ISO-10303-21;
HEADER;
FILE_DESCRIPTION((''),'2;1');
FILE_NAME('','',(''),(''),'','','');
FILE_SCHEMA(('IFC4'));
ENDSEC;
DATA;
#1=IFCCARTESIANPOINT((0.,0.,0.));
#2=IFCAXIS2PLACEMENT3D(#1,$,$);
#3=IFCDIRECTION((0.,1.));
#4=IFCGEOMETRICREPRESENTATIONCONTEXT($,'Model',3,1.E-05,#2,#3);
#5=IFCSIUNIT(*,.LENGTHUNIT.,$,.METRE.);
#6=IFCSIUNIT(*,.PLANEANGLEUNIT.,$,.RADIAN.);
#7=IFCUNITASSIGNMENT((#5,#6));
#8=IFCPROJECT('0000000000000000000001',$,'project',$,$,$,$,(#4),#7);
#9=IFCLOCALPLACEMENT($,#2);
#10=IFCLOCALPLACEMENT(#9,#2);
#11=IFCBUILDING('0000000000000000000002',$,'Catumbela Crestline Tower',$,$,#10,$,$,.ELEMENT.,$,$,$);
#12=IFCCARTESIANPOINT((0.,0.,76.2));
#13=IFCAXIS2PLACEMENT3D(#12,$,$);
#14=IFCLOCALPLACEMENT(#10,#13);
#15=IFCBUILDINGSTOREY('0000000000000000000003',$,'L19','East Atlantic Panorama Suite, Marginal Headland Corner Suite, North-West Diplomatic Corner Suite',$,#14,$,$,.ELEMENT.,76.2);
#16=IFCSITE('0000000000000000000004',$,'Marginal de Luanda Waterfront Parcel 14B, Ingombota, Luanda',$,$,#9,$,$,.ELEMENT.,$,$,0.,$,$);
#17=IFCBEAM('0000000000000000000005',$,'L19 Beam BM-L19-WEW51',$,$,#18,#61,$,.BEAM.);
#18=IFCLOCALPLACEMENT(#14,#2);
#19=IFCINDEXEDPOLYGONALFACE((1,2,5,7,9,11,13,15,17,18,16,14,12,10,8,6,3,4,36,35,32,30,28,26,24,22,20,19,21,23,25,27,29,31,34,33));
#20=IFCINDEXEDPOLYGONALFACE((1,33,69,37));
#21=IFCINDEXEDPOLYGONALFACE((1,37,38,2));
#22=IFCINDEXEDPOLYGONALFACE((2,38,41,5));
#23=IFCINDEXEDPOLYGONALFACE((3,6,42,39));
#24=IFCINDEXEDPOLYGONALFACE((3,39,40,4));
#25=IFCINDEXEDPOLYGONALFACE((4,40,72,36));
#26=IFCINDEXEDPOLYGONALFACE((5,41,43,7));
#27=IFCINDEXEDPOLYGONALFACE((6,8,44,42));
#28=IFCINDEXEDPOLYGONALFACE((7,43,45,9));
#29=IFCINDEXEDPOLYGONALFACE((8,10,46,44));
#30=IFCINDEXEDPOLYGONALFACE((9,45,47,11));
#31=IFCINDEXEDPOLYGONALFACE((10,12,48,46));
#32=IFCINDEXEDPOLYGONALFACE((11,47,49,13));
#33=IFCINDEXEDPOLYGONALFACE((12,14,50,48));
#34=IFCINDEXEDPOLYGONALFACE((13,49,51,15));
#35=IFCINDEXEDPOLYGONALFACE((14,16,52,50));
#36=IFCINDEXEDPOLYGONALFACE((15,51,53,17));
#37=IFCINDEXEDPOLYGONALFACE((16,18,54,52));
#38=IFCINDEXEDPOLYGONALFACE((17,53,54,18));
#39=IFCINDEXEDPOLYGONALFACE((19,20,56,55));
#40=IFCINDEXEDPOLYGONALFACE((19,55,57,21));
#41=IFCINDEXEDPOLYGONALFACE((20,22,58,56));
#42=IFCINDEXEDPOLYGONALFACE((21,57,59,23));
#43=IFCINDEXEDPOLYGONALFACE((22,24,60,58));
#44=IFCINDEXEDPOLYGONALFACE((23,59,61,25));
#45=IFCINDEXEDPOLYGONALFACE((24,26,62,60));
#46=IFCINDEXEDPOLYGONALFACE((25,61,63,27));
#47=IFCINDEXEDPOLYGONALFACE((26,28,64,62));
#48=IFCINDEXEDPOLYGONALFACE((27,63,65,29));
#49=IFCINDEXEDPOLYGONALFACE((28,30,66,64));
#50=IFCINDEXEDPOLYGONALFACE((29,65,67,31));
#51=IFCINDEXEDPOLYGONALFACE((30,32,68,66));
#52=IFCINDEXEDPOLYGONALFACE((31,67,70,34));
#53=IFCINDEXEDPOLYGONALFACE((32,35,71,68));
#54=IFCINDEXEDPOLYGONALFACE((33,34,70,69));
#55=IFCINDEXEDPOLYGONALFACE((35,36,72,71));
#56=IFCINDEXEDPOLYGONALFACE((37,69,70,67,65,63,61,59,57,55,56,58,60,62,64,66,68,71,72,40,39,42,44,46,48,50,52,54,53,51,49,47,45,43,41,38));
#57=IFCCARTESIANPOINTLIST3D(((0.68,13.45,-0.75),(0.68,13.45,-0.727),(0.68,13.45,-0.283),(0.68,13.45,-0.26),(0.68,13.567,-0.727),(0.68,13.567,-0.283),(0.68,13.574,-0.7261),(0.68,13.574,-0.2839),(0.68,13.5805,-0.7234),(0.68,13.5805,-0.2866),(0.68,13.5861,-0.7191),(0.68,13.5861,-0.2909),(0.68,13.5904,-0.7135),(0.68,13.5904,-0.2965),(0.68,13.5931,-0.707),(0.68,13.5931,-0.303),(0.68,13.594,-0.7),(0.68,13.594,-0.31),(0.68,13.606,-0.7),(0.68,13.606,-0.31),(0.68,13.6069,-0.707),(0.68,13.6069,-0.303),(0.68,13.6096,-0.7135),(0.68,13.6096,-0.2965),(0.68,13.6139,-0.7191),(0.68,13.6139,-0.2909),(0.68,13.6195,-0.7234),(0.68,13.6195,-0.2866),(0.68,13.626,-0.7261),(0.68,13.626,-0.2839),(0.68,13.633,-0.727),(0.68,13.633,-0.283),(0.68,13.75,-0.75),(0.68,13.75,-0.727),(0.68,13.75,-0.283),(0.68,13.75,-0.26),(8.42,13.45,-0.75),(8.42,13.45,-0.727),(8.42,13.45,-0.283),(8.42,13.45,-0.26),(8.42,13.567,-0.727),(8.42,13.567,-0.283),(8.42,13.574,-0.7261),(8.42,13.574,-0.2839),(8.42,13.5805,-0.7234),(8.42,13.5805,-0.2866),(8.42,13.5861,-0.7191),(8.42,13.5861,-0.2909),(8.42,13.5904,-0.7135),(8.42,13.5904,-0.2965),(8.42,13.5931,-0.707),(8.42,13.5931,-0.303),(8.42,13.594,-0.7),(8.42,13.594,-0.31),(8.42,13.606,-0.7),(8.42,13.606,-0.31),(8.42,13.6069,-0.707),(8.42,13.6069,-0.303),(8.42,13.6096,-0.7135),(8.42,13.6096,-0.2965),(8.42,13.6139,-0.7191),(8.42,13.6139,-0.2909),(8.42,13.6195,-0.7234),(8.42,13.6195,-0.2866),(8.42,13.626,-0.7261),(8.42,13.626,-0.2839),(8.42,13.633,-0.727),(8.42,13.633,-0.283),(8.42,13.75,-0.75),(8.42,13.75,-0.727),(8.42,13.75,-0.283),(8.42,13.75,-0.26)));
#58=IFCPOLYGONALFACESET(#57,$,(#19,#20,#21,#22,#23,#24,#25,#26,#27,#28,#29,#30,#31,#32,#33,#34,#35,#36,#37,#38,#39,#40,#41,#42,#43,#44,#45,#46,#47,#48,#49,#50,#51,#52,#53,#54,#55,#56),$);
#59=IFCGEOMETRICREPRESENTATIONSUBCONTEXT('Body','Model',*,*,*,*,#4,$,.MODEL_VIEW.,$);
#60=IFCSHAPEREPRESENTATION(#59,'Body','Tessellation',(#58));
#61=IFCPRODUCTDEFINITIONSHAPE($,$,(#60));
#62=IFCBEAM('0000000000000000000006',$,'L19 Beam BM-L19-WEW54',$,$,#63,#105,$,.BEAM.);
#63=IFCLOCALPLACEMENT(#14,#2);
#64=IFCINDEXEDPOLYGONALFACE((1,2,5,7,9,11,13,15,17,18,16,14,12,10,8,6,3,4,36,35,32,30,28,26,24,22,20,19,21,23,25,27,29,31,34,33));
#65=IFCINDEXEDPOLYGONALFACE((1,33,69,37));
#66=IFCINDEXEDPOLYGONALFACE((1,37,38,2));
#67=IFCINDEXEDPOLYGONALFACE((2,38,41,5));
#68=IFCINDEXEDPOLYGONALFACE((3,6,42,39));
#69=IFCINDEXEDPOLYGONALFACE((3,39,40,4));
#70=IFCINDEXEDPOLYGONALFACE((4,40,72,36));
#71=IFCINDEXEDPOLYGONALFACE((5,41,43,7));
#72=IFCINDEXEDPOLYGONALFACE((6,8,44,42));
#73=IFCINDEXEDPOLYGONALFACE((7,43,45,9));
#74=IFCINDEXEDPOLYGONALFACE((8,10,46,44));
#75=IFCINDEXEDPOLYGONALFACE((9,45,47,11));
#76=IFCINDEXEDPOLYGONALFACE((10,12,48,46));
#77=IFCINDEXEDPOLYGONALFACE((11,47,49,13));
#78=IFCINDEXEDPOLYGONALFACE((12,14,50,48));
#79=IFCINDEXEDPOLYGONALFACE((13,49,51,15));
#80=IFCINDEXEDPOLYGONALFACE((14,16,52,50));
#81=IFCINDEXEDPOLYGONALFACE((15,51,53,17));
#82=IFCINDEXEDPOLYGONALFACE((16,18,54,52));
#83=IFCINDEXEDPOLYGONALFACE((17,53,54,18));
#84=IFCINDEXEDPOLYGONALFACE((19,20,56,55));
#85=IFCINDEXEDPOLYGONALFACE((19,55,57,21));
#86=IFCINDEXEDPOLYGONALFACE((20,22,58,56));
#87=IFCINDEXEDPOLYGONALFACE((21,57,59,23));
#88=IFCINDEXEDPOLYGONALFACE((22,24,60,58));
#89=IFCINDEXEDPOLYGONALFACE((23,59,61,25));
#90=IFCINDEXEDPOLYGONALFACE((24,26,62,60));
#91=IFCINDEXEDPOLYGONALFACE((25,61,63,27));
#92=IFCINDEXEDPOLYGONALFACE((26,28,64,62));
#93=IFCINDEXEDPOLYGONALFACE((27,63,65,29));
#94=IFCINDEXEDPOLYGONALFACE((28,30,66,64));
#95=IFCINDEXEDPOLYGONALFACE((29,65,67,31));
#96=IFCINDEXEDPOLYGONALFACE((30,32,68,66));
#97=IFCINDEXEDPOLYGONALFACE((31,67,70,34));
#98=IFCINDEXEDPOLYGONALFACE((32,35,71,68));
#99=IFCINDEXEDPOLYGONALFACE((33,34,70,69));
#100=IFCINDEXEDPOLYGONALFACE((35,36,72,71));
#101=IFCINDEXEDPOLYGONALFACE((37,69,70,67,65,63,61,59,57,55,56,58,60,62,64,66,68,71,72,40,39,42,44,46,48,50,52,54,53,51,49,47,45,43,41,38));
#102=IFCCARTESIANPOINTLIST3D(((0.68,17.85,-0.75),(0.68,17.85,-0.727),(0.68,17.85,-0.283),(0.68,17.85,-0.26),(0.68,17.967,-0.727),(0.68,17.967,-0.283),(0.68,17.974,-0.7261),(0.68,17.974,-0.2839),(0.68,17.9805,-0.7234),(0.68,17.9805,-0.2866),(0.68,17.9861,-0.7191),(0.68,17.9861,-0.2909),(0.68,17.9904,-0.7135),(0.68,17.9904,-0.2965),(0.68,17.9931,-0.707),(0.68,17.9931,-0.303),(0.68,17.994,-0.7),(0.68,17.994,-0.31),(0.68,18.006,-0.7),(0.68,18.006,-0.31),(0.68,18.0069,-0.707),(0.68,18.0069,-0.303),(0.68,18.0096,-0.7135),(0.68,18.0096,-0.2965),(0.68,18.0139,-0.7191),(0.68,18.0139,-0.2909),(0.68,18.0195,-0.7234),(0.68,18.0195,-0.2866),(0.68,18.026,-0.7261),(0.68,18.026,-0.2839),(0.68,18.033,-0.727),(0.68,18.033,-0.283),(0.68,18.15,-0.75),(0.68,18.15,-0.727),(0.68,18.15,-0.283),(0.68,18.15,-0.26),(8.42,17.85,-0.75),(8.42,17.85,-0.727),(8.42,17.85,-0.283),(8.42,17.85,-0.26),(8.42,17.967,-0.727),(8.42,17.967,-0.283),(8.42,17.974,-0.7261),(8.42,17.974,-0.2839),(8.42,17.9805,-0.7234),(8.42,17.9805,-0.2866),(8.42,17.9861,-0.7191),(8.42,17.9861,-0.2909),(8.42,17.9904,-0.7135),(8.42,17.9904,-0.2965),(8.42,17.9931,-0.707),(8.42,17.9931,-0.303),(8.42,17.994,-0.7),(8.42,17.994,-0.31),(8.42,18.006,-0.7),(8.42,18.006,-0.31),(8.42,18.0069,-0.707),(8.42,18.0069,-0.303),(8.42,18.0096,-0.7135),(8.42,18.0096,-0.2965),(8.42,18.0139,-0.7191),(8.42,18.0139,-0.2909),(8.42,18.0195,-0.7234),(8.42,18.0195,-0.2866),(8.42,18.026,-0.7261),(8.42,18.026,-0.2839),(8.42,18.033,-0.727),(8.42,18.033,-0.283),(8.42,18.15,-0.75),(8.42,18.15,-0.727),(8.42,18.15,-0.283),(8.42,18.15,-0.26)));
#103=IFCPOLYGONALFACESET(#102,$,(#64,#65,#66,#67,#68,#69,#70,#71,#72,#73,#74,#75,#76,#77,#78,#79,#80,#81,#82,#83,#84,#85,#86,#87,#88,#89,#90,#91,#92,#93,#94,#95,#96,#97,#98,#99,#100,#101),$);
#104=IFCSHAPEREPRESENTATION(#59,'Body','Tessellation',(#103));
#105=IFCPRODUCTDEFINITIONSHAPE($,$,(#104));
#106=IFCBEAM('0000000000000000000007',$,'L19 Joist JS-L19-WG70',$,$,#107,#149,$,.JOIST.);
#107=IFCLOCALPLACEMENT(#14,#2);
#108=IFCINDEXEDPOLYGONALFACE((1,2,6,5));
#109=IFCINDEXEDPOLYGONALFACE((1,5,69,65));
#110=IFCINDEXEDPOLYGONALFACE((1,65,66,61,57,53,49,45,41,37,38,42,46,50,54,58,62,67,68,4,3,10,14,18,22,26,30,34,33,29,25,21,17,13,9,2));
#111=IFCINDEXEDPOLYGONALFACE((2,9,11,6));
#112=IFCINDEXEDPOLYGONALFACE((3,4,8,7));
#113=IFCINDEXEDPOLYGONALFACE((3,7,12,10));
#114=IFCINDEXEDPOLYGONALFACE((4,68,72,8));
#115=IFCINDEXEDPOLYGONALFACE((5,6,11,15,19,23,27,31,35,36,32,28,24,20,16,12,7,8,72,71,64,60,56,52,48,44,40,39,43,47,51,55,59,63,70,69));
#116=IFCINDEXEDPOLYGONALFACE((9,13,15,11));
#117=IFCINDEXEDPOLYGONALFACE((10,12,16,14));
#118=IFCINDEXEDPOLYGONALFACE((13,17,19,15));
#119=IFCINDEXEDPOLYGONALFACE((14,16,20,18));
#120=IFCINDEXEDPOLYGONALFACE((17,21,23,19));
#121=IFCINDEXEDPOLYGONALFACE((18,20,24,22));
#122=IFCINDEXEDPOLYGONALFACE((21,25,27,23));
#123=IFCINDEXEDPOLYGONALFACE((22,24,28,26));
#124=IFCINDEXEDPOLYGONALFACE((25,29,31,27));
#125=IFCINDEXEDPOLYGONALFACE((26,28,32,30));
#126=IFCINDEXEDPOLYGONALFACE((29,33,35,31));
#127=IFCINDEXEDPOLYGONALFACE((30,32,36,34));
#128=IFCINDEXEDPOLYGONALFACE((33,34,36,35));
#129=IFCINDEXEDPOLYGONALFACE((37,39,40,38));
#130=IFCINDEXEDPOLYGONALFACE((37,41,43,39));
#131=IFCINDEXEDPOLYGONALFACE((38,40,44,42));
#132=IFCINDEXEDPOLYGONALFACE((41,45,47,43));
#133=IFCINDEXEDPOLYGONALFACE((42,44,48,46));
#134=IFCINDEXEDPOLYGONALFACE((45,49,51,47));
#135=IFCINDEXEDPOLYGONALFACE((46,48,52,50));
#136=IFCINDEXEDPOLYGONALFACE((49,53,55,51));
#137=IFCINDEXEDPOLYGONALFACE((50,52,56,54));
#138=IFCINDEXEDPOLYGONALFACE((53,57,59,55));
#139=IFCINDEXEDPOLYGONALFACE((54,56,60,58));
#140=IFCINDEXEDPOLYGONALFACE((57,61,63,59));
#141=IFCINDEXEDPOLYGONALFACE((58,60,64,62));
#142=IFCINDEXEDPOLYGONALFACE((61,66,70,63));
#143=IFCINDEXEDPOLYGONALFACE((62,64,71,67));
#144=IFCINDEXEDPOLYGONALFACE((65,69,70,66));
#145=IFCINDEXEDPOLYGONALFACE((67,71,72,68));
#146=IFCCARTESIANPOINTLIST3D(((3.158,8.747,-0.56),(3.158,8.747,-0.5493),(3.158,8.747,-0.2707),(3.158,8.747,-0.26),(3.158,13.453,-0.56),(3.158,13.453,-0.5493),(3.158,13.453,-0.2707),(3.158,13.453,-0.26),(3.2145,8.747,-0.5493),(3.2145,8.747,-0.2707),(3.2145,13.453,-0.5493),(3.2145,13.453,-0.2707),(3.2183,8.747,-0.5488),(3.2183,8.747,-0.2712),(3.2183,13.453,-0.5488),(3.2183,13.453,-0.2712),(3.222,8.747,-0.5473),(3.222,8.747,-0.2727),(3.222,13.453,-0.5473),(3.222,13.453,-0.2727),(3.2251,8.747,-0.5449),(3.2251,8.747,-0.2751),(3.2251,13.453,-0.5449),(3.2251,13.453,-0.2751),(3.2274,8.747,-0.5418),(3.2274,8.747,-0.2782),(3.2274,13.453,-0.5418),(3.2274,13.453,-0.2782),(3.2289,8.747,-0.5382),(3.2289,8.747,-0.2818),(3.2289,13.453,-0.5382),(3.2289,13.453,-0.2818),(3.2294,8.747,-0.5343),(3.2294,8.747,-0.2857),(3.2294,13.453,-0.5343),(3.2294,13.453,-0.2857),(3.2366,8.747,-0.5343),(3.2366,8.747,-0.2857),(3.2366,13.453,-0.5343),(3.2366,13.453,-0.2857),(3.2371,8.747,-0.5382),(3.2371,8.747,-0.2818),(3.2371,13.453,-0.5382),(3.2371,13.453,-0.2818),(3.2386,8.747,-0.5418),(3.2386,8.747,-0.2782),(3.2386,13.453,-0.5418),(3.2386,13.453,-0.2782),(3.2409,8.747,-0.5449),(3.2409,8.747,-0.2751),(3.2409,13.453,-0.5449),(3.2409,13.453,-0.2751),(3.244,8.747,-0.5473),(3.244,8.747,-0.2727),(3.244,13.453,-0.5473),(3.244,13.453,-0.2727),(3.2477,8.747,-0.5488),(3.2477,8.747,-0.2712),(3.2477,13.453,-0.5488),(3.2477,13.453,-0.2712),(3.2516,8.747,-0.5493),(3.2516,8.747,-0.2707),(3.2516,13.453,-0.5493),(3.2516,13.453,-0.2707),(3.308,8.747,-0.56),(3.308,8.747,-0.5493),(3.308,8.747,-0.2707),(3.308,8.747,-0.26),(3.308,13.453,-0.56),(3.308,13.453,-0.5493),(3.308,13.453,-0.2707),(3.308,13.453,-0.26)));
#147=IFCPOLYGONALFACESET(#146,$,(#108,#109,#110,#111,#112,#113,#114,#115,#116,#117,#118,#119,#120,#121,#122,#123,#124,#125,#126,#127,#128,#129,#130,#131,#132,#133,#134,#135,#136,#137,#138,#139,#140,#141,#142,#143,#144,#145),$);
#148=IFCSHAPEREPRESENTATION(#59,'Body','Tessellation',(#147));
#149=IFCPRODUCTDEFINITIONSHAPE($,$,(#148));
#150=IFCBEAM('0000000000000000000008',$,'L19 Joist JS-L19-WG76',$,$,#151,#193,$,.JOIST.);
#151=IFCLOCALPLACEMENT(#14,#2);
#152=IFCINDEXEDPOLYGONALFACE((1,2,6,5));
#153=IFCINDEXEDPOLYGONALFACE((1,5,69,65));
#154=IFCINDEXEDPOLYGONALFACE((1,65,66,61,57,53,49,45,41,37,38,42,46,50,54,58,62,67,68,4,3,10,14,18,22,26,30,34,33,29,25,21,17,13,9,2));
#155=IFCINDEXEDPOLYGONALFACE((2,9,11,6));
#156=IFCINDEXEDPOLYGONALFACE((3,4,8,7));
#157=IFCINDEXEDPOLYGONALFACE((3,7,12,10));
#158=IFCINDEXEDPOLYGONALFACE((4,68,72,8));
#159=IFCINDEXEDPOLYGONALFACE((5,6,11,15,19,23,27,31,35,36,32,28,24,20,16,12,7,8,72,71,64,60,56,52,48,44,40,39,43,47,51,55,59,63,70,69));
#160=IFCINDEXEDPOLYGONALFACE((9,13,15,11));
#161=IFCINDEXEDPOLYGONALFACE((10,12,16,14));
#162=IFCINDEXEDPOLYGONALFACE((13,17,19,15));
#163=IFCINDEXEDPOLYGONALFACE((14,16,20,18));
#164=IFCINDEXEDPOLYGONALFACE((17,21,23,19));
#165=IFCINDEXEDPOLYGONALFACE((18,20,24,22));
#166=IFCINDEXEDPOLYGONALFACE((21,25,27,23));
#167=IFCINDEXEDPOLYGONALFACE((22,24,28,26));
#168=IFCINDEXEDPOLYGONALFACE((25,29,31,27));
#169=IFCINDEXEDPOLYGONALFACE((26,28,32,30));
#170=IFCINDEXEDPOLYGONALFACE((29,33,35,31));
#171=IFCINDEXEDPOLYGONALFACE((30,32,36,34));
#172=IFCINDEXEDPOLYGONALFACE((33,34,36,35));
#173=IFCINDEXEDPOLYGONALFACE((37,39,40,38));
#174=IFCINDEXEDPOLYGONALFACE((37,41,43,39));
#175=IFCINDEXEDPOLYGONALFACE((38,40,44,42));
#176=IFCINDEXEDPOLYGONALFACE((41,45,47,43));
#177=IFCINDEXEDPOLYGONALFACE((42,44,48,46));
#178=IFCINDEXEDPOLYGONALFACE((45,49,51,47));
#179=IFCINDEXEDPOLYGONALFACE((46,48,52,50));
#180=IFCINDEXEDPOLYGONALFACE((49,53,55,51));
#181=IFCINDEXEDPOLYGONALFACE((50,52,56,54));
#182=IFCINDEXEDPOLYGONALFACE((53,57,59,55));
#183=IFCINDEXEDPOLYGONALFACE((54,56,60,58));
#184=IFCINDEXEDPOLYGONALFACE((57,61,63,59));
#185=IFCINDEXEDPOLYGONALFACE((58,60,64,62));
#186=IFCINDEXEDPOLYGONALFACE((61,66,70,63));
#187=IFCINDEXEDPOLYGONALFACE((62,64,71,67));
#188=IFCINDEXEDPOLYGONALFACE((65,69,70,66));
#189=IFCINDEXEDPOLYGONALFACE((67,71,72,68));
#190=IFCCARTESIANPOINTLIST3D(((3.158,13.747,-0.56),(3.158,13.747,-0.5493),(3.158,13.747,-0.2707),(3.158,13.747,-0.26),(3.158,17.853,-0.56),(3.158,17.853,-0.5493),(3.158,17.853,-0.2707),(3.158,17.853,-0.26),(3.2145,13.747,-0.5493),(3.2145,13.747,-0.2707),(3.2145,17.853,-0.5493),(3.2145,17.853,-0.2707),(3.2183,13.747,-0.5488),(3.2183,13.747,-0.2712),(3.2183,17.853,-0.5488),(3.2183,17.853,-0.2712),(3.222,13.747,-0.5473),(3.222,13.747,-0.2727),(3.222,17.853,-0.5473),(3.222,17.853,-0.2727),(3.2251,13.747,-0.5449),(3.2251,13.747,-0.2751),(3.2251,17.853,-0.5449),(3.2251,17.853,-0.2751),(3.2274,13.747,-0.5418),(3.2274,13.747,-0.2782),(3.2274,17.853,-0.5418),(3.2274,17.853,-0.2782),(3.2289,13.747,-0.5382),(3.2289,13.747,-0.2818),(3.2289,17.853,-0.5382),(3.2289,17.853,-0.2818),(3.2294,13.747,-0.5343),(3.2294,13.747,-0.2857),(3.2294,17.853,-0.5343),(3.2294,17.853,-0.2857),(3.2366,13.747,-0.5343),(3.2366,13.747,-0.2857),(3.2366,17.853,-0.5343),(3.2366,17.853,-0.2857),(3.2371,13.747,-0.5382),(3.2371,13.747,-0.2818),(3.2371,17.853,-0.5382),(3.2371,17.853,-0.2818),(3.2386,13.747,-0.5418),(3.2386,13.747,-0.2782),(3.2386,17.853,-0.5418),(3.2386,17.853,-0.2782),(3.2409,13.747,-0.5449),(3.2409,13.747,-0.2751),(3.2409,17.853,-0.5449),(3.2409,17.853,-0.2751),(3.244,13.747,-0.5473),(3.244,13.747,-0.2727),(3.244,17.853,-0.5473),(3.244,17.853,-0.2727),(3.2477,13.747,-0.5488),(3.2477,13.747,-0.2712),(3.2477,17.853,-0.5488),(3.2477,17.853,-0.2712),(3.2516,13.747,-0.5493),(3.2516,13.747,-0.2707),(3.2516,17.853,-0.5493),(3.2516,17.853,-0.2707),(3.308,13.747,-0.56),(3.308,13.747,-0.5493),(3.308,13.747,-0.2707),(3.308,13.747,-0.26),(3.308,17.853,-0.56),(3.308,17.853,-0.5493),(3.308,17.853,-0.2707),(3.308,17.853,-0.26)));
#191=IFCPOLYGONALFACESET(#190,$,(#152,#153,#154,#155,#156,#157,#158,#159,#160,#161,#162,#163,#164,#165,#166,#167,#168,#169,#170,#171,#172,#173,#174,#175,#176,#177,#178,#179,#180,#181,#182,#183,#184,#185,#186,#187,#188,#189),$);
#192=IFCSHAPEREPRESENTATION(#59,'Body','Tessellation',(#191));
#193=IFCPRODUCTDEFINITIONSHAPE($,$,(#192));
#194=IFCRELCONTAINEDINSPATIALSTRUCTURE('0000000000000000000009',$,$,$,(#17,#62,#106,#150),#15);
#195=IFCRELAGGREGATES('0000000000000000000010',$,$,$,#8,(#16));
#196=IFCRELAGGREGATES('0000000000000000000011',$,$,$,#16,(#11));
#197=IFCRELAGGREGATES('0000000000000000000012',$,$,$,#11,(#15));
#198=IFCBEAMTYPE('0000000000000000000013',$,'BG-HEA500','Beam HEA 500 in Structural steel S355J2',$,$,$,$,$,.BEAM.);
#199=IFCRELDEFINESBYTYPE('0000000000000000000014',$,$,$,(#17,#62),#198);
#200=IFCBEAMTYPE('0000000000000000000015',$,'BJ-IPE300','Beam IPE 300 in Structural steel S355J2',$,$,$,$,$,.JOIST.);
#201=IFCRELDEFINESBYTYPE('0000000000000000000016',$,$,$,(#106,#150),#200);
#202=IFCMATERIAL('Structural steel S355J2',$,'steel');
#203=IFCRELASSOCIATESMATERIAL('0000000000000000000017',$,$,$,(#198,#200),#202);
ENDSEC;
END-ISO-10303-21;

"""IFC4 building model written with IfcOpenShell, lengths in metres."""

from ifc_helpers import new_model, si_unit, direction, frame, origin, origin_2d, place, context, subcontext, project, spatial, i_section, extrude, material, material_profile, profile_set, type_object, element, save


model = new_model("IFC4")

# Units and contexts
model_context = context("Model", 3, precision=1e-05, world=origin(), true_north=direction((0.0, 1.0)))
body_context = subcontext(model_context, "Body", "Model", "MODEL_VIEW")
ifc_project = project(units=[si_unit("LENGTHUNIT", "METRE"), si_unit("PLANEANGLEUNIT", "RADIAN")], contexts=[model_context])

# Site, building, storey
site_placement = place(None, origin())
site = spatial("IfcSite", under=ifc_project, at=site_placement, Name="Marginal de Luanda Waterfront Parcel 14B, Ingombota, Luanda", CompositionType="ELEMENT", RefElevation=0.0)
building_placement = place(site_placement, origin())
building = spatial("IfcBuilding", under=site, at=building_placement, Name="Catumbela Crestline Tower", CompositionType="ELEMENT")
storey_placement = place(building_placement, frame((0.0, 0.0, 76.2)))
storey = spatial("IfcBuildingStorey", under=building, at=storey_placement, Name="L19", Description="East Atlantic Panorama Suite, Marginal Headland Corner Suite, North-West Diplomatic Corner Suite", CompositionType="ELEMENT", Elevation=76.2)

# Beams
ifc_material_1 = material(Name="Structural steel S355J2", Category="steel")
ifc_material_profile_1 = material_profile(ifc_material_1, i_section(OverallWidth=0.3, OverallDepth=0.49, WebThickness=0.012, FlangeThickness=0.023, FilletRadius=0.027, at=origin_2d()), Name="HEA 500")
ifc_profile_set_1 = profile_set([ifc_material_profile_1], Name="Structural steel S355J2")
beam_type_1 = type_object("IfcBeamType", Name="BG-HEA500", Description="Beam HEA 500 in Structural steel S355J2", PredefinedType="BEAM", material=ifc_profile_set_1)
for number, where, z_axis, x_axis, name in (
    (1, (0.68, 13.6, -0.505), (1.0, 0.0, 0.0), (0.0, 1.0, 0.0), "L19 Beam BM-L19-WEW51"),
    (2, (0.68, 18.0, -0.505), (1.0, 0.0, 0.0), (0.0, 1.0, 0.0), "L19 Beam BM-L19-WEW54"),
):
    element("IfcBeam", number, at=place(storey_placement, frame(where, z_axis=z_axis, x_axis=x_axis)), inside=storey, type_object=beam_type_1, Name=name, PredefinedType="BEAM", context=body_context, shape_type="SweptSolid", body=[
        extrude(i_section(OverallWidth=0.3, OverallDepth=0.49, WebThickness=0.012, FlangeThickness=0.023, FilletRadius=0.027, at=origin_2d()), origin(), (0.0, 0.0, 1.0), 7.74),
    ])
ifc_material_profile_2 = material_profile(ifc_material_1, i_section(OverallWidth=0.15, OverallDepth=0.3, WebThickness=0.0071, FlangeThickness=0.0107, FilletRadius=0.015, at=origin_2d()), Name="IPE 300")
ifc_profile_set_2 = profile_set([ifc_material_profile_2], Name="Structural steel S355J2")
beam_type_2 = type_object("IfcBeamType", Name="BJ-IPE300", Description="Beam IPE 300 in Structural steel S355J2", PredefinedType="JOIST", material=ifc_profile_set_2)
beam_1_placement = place(storey_placement, frame((3.233, 8.747, -0.41), z_axis=(0.0, 1.0, 0.0), x_axis=(-1.0, 0.0, 0.0)))
element("IfcBeam", 3, at=beam_1_placement, inside=storey, type_object=beam_type_2, Name="L19 Joist JS-L19-WG70", PredefinedType="JOIST", context=body_context, shape_type="SweptSolid", body=[
    extrude(i_section(OverallWidth=0.15, OverallDepth=0.3, WebThickness=0.0071, FlangeThickness=0.0107, FilletRadius=0.015, at=origin_2d()), origin(), (0.0, 0.0, 1.0), 4.706),
])
beam_2_placement = place(storey_placement, frame((3.233, 13.747, -0.41), z_axis=(0.0, 1.0, 0.0), x_axis=(-1.0, 0.0, 0.0)))
element("IfcBeam", 4, at=beam_2_placement, inside=storey, type_object=beam_type_2, Name="L19 Joist JS-L19-WG76", PredefinedType="JOIST", context=body_context, shape_type="SweptSolid", body=[
    extrude(i_section(OverallWidth=0.15, OverallDepth=0.3, WebThickness=0.0071, FlangeThickness=0.0107, FilletRadius=0.015, at=origin_2d()), origin(), (0.0, 0.0, 1.0), 4.106),
])

save(model, "model.ifc")
